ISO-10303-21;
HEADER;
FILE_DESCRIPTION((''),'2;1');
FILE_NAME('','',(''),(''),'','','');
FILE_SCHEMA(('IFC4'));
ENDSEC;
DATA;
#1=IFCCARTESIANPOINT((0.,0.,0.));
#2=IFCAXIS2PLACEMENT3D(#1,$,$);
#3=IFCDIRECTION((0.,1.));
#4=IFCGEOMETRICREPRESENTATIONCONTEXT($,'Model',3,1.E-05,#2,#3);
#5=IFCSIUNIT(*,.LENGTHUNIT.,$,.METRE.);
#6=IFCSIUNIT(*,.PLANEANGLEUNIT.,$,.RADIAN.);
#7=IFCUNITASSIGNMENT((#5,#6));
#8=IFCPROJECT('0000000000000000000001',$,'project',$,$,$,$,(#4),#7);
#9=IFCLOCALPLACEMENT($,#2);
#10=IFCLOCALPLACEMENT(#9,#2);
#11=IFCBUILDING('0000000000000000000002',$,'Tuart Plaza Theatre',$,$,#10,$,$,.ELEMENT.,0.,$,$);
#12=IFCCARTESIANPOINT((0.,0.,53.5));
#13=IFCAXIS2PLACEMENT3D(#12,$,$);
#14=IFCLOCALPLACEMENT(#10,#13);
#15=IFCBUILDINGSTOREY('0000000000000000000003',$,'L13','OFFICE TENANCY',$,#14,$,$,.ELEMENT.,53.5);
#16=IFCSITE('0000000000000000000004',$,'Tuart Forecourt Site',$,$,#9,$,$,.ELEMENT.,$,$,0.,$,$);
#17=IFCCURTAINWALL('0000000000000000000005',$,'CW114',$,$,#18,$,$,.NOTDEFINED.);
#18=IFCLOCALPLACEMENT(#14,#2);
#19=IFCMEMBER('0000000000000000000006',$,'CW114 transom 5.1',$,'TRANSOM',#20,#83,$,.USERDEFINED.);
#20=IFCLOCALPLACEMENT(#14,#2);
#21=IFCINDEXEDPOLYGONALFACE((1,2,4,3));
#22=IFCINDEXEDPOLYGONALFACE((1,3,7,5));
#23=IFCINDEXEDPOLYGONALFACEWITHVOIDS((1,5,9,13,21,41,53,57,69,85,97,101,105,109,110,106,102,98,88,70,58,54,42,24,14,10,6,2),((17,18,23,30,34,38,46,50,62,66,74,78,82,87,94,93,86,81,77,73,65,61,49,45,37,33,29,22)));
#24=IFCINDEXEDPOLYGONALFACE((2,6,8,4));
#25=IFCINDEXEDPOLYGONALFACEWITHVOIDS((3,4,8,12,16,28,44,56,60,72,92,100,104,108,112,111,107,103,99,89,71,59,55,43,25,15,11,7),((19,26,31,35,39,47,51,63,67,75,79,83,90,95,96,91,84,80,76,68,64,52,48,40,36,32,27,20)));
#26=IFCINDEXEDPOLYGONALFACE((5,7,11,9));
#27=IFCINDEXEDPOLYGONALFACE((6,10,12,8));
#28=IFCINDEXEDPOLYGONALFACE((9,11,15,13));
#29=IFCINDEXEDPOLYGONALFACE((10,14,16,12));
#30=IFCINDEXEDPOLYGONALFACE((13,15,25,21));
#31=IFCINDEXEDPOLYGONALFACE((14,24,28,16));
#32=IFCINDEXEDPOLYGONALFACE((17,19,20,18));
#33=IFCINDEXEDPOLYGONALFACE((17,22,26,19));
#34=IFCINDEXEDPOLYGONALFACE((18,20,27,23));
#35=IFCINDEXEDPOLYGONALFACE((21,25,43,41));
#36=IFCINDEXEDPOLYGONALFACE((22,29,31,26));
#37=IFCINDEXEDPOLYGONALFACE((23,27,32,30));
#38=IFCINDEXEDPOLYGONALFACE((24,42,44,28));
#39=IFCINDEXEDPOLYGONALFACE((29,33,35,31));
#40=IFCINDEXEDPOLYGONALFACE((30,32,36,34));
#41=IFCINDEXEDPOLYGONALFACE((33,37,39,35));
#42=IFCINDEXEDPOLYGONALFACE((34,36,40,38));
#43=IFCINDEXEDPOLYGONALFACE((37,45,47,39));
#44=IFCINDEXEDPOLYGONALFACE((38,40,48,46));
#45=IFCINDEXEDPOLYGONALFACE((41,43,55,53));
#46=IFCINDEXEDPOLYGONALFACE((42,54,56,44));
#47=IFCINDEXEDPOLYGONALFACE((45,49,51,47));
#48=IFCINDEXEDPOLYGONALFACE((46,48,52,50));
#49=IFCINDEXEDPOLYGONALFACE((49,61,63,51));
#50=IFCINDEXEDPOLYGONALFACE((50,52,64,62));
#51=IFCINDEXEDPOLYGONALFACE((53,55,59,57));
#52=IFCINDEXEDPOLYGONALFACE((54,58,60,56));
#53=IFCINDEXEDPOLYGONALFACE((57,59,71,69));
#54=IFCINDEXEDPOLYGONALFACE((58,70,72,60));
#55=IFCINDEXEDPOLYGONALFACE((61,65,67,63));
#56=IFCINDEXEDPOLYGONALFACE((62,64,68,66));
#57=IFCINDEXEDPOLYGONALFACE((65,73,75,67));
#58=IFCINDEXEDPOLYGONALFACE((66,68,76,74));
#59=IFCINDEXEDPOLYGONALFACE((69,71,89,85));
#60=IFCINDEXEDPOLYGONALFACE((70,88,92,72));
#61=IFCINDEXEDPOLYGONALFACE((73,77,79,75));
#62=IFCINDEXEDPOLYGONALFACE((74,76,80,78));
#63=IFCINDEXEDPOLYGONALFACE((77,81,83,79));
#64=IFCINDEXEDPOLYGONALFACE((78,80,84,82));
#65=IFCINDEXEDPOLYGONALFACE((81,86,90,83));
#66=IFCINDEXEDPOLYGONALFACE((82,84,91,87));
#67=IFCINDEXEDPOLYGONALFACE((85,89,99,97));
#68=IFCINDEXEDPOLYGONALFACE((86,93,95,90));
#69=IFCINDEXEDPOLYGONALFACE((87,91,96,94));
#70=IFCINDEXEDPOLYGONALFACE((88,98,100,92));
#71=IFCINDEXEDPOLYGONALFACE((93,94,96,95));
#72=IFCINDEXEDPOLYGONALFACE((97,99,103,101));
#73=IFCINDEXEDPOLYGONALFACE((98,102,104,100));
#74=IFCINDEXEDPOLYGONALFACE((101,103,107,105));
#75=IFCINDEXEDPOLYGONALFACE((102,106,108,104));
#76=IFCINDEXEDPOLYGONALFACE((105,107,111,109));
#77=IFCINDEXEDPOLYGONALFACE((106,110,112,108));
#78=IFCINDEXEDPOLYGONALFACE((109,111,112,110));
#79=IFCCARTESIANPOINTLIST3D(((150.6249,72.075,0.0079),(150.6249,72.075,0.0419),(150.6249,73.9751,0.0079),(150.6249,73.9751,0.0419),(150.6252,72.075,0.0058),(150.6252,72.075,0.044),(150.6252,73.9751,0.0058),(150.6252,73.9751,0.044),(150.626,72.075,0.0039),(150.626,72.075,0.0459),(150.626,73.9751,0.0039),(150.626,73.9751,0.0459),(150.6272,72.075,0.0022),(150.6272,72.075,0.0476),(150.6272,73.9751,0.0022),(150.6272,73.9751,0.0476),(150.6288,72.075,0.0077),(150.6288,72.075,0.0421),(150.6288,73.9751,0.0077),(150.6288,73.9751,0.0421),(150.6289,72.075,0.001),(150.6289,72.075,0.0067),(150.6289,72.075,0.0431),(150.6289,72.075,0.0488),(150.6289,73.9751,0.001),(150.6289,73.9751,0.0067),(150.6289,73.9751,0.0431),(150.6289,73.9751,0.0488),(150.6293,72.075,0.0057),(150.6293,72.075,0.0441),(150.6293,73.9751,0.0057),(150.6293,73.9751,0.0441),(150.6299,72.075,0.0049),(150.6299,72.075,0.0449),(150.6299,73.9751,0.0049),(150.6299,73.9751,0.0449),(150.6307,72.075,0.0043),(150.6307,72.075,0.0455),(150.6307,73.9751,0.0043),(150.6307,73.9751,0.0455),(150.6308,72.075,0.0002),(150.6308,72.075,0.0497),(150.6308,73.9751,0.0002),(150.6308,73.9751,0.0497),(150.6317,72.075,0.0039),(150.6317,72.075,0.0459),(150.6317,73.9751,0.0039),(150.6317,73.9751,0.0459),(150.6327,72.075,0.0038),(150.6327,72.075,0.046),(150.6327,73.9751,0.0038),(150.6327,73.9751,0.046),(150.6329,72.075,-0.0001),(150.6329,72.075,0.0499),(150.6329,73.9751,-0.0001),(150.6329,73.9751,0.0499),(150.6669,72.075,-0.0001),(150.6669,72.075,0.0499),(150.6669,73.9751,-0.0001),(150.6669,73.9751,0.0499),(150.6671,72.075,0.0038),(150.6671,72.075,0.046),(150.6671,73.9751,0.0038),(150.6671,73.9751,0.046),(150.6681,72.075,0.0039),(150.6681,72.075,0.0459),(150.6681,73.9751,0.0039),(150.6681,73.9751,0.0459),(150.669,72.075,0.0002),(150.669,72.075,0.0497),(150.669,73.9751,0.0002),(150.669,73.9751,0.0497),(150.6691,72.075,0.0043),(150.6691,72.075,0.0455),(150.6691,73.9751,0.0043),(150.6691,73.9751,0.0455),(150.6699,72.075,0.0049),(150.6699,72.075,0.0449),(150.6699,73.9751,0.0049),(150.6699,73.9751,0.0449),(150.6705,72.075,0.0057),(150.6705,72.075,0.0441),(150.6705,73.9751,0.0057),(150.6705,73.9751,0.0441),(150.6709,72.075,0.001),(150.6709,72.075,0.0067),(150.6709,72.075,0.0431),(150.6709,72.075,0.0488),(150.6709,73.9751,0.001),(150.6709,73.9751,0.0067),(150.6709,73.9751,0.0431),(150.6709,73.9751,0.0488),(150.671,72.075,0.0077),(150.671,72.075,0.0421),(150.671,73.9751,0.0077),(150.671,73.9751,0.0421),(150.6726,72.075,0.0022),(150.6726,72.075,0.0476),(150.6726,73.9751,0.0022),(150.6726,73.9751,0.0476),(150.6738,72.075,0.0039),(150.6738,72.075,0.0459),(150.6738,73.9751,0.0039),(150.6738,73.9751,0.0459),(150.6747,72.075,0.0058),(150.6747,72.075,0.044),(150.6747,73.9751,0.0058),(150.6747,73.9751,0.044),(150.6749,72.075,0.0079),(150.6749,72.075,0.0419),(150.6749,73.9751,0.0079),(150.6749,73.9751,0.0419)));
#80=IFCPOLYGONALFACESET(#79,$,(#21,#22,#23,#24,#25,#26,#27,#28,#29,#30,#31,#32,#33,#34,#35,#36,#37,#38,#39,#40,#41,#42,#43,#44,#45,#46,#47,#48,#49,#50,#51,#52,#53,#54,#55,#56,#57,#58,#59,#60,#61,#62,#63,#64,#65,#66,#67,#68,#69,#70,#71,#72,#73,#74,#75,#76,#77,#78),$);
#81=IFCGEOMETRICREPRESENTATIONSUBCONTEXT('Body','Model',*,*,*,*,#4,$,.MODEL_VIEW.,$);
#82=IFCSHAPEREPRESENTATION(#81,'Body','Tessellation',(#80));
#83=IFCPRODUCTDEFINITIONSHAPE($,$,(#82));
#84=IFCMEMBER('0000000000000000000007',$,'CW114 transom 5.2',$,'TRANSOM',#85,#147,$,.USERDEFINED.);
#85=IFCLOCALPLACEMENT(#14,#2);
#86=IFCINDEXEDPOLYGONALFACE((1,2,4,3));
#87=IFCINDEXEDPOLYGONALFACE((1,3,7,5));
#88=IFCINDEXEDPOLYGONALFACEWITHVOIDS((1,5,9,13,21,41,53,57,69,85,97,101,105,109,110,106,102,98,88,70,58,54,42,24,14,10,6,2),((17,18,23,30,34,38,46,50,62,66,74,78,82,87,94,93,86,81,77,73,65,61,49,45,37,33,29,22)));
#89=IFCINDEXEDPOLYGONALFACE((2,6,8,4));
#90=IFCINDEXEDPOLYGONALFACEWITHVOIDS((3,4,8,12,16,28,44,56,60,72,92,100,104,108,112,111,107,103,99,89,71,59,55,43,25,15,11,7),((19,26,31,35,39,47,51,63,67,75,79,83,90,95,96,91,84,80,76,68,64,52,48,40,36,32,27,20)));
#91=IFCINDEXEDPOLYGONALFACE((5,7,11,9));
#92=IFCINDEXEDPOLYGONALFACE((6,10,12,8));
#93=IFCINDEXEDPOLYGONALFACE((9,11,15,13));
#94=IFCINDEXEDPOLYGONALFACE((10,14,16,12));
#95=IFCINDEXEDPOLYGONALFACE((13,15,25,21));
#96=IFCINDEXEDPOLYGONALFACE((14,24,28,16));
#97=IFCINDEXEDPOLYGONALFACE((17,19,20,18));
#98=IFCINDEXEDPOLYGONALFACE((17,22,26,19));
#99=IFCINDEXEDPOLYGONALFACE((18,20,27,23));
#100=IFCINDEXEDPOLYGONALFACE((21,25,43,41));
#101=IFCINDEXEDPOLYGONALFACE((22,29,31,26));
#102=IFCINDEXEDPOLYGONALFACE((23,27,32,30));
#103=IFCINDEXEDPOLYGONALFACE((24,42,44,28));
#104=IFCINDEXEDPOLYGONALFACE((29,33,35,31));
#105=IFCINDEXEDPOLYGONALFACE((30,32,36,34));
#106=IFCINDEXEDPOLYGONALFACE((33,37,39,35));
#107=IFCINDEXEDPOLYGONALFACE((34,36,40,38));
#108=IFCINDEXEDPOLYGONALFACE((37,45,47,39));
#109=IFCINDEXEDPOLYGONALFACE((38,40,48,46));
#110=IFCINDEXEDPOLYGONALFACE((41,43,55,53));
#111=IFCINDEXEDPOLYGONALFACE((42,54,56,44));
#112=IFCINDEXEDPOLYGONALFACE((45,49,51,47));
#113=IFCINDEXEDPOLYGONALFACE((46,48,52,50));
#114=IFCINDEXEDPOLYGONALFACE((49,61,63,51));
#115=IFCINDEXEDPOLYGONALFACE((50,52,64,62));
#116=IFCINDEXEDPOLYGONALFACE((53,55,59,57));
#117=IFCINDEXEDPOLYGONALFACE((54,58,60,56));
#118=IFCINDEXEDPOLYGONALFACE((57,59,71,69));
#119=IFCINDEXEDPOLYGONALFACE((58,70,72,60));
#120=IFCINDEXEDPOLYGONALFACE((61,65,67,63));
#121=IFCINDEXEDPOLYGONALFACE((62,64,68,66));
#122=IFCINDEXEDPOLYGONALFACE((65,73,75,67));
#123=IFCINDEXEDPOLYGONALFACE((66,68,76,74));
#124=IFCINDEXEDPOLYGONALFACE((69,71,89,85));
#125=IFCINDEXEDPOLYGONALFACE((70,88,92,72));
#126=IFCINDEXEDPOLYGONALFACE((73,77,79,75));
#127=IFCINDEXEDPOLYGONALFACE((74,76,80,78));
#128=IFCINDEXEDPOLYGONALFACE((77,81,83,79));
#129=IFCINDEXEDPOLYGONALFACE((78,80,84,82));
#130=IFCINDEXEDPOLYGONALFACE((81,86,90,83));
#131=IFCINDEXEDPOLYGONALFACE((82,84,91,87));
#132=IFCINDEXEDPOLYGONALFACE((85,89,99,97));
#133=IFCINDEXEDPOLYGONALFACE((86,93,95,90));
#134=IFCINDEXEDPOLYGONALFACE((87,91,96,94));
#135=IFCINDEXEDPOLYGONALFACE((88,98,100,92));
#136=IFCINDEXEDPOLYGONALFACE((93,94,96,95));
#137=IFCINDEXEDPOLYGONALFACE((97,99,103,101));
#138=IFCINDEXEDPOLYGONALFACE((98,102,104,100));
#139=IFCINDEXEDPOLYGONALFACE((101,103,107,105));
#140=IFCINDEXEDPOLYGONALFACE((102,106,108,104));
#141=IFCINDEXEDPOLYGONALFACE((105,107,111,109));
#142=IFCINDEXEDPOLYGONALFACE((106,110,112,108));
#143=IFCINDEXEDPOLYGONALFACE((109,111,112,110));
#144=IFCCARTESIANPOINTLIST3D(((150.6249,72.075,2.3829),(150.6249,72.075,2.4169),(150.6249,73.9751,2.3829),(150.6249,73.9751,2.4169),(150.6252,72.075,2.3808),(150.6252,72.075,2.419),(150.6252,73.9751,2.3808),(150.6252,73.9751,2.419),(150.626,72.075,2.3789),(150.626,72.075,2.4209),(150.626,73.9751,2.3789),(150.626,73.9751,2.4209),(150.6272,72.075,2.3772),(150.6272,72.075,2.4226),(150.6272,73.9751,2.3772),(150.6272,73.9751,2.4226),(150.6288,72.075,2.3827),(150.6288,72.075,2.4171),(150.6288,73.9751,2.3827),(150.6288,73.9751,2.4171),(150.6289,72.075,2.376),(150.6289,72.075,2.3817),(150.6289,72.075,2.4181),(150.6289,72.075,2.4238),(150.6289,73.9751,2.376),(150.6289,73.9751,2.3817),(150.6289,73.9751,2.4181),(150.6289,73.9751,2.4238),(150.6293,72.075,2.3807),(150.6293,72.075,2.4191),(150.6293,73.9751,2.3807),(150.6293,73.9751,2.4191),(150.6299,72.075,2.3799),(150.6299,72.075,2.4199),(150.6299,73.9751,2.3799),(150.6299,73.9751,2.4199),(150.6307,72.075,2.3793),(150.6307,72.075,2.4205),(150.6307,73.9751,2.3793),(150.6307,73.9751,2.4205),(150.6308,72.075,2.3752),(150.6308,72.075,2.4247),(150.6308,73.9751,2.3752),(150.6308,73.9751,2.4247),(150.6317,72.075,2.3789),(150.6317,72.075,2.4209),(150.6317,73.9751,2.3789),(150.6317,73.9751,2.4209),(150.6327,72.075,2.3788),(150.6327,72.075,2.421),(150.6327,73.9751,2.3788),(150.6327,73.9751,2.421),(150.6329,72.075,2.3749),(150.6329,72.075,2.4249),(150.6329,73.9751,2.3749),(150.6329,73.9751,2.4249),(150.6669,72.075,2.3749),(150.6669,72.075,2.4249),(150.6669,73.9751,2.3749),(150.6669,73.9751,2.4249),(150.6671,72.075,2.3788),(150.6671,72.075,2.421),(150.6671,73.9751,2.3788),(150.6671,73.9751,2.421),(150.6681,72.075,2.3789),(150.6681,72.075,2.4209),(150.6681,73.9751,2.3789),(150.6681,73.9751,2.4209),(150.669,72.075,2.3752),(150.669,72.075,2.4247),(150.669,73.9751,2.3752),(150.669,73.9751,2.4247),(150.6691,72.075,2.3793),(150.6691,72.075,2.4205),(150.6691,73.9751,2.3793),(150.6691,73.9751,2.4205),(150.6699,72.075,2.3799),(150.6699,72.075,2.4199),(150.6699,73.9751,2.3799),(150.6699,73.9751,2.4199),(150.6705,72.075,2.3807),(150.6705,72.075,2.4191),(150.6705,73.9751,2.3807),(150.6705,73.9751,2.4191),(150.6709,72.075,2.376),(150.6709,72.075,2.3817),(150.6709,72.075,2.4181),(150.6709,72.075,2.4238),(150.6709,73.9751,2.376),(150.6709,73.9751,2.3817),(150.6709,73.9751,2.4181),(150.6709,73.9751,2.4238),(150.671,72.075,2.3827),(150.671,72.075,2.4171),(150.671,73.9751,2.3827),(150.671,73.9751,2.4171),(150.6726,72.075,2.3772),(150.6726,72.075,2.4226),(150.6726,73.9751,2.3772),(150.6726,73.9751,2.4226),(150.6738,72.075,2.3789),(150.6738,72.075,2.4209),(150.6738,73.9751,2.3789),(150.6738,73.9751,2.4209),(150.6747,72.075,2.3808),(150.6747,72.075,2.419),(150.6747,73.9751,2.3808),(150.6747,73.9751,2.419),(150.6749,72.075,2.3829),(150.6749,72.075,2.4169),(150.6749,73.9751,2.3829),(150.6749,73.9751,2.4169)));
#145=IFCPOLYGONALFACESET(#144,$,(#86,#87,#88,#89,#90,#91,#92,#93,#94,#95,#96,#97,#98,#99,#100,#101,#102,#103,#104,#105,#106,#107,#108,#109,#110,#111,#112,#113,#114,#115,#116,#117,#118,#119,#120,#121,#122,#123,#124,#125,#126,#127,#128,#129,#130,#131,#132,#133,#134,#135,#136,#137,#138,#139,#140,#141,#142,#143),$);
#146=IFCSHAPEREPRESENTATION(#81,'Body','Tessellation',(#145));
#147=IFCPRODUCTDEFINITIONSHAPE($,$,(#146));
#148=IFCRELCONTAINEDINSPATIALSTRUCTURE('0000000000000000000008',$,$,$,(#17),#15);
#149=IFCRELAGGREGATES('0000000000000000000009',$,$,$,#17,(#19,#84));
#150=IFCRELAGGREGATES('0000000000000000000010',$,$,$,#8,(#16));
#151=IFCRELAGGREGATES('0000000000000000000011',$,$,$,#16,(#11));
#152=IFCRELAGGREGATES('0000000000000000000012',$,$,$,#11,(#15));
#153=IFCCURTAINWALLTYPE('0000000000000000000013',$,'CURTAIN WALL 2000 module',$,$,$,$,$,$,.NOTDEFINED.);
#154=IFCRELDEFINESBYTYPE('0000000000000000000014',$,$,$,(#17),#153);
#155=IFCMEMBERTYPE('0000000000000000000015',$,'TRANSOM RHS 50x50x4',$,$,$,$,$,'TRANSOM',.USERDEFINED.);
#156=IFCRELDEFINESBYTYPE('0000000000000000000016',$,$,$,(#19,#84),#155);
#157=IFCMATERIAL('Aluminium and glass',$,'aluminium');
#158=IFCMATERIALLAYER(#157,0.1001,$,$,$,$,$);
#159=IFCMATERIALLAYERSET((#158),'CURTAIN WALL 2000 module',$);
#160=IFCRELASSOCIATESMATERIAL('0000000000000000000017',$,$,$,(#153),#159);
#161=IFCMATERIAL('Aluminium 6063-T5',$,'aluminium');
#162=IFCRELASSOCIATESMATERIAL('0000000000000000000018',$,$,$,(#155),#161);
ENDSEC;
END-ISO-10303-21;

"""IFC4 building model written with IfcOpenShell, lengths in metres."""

from ifc_helpers import new_model, si_unit, direction, frame, origin, origin_2d, place, context, subcontext, project, spatial, hollow_rectangle, extrude, material, layer, layer_set, material_profile, profile_set, type_object, element, aggregate, save


model = new_model("IFC4")

# Units and contexts
model_context = context("Model", 3, precision=1e-05, world=origin(), true_north=direction((0.0, 1.0)))
body_context = subcontext(model_context, "Body", "Model", "MODEL_VIEW")
ifc_project = project(units=[si_unit("LENGTHUNIT", "METRE"), si_unit("PLANEANGLEUNIT", "RADIAN")], contexts=[model_context])

# Site, building, storey
site_placement = place(None, origin())
site = spatial("IfcSite", under=ifc_project, at=site_placement, Name="Tuart Forecourt Site", CompositionType="ELEMENT", RefElevation=0.0)
building_placement = place(site_placement, origin())
building = spatial("IfcBuilding", under=site, at=building_placement, Name="Tuart Plaza Theatre", CompositionType="ELEMENT", ElevationOfRefHeight=0.0)
storey_placement = place(building_placement, frame((0.0, 0.0, 53.5)))
storey = spatial("IfcBuildingStorey", under=building, at=storey_placement, Name="L13", Description="OFFICE TENANCY", CompositionType="ELEMENT", Elevation=53.5)

# Shared definitions
ifc_material_1 = material(Name="Aluminium and glass", Category="aluminium")
ifc_layer_1 = layer(ifc_material_1, 0.1001)
ifc_layer_set_1 = layer_set([ifc_layer_1], Name="CURTAIN WALL 2000 module")
curtain_wall_type = type_object("IfcCurtainWallType", Name="CURTAIN WALL 2000 module", PredefinedType="NOTDEFINED", material=ifc_layer_set_1)

# Curtain wall, members
curtain_wall_1_placement = place(storey_placement, origin())
curtain_wall_1 = element("IfcCurtainWall", 1, at=curtain_wall_1_placement, inside=storey, type_object=curtain_wall_type, Name="CW114", PredefinedType="NOTDEFINED")
ifc_material_2 = material(Name="Aluminium 6063-T5", Category="aluminium")
ifc_material_profile_1 = material_profile(ifc_material_2, hollow_rectangle(XDim=0.05, YDim=0.05, WallThickness=0.0039, InnerFilletRadius=0.0039, OuterFilletRadius=0.0081, at=origin_2d()), Name="RHS 50x50x4")
ifc_profile_set_1 = profile_set([ifc_material_profile_1], Name="Aluminium 6063-T5")
member_type_1 = type_object("IfcMemberType", Name="TRANSOM RHS 50x50x4", ElementType="TRANSOM", PredefinedType="USERDEFINED", material=ifc_profile_set_1)
member_1_placement = place(storey_placement, frame((150.6499, 72.075, 0.0249), z_axis=(0.0, 1.0, 0.0), x_axis=(-1.0, 0.0, 0.0)))
member_1 = element("IfcMember", 2, at=member_1_placement, type_object=member_type_1, Name="CW114 transom 5.1", ObjectType="TRANSOM", PredefinedType="USERDEFINED", context=body_context, shape_type="SweptSolid", body=[
    extrude(hollow_rectangle(XDim=0.05, YDim=0.05, WallThickness=0.0039, InnerFilletRadius=0.0039, OuterFilletRadius=0.0081, at=origin_2d()), origin(), (0.0, 0.0, 1.0), 1.9001),
])
member_2_placement = place(storey_placement, frame((150.6499, 72.075, 2.3999), z_axis=(0.0, 1.0, 0.0), x_axis=(-1.0, 0.0, 0.0)))
member_2 = element("IfcMember", 3, at=member_2_placement, type_object=member_type_1, Name="CW114 transom 5.2", ObjectType="TRANSOM", PredefinedType="USERDEFINED", context=body_context, shape_type="SweptSolid", body=[
    extrude(hollow_rectangle(XDim=0.05, YDim=0.05, WallThickness=0.0039, InnerFilletRadius=0.0039, OuterFilletRadius=0.0081, at=origin_2d()), origin(), (0.0, 0.0, 1.0), 1.9001),
])

aggregate(curtain_wall_1, [member_1, member_2])

save(model, "model.ifc")
